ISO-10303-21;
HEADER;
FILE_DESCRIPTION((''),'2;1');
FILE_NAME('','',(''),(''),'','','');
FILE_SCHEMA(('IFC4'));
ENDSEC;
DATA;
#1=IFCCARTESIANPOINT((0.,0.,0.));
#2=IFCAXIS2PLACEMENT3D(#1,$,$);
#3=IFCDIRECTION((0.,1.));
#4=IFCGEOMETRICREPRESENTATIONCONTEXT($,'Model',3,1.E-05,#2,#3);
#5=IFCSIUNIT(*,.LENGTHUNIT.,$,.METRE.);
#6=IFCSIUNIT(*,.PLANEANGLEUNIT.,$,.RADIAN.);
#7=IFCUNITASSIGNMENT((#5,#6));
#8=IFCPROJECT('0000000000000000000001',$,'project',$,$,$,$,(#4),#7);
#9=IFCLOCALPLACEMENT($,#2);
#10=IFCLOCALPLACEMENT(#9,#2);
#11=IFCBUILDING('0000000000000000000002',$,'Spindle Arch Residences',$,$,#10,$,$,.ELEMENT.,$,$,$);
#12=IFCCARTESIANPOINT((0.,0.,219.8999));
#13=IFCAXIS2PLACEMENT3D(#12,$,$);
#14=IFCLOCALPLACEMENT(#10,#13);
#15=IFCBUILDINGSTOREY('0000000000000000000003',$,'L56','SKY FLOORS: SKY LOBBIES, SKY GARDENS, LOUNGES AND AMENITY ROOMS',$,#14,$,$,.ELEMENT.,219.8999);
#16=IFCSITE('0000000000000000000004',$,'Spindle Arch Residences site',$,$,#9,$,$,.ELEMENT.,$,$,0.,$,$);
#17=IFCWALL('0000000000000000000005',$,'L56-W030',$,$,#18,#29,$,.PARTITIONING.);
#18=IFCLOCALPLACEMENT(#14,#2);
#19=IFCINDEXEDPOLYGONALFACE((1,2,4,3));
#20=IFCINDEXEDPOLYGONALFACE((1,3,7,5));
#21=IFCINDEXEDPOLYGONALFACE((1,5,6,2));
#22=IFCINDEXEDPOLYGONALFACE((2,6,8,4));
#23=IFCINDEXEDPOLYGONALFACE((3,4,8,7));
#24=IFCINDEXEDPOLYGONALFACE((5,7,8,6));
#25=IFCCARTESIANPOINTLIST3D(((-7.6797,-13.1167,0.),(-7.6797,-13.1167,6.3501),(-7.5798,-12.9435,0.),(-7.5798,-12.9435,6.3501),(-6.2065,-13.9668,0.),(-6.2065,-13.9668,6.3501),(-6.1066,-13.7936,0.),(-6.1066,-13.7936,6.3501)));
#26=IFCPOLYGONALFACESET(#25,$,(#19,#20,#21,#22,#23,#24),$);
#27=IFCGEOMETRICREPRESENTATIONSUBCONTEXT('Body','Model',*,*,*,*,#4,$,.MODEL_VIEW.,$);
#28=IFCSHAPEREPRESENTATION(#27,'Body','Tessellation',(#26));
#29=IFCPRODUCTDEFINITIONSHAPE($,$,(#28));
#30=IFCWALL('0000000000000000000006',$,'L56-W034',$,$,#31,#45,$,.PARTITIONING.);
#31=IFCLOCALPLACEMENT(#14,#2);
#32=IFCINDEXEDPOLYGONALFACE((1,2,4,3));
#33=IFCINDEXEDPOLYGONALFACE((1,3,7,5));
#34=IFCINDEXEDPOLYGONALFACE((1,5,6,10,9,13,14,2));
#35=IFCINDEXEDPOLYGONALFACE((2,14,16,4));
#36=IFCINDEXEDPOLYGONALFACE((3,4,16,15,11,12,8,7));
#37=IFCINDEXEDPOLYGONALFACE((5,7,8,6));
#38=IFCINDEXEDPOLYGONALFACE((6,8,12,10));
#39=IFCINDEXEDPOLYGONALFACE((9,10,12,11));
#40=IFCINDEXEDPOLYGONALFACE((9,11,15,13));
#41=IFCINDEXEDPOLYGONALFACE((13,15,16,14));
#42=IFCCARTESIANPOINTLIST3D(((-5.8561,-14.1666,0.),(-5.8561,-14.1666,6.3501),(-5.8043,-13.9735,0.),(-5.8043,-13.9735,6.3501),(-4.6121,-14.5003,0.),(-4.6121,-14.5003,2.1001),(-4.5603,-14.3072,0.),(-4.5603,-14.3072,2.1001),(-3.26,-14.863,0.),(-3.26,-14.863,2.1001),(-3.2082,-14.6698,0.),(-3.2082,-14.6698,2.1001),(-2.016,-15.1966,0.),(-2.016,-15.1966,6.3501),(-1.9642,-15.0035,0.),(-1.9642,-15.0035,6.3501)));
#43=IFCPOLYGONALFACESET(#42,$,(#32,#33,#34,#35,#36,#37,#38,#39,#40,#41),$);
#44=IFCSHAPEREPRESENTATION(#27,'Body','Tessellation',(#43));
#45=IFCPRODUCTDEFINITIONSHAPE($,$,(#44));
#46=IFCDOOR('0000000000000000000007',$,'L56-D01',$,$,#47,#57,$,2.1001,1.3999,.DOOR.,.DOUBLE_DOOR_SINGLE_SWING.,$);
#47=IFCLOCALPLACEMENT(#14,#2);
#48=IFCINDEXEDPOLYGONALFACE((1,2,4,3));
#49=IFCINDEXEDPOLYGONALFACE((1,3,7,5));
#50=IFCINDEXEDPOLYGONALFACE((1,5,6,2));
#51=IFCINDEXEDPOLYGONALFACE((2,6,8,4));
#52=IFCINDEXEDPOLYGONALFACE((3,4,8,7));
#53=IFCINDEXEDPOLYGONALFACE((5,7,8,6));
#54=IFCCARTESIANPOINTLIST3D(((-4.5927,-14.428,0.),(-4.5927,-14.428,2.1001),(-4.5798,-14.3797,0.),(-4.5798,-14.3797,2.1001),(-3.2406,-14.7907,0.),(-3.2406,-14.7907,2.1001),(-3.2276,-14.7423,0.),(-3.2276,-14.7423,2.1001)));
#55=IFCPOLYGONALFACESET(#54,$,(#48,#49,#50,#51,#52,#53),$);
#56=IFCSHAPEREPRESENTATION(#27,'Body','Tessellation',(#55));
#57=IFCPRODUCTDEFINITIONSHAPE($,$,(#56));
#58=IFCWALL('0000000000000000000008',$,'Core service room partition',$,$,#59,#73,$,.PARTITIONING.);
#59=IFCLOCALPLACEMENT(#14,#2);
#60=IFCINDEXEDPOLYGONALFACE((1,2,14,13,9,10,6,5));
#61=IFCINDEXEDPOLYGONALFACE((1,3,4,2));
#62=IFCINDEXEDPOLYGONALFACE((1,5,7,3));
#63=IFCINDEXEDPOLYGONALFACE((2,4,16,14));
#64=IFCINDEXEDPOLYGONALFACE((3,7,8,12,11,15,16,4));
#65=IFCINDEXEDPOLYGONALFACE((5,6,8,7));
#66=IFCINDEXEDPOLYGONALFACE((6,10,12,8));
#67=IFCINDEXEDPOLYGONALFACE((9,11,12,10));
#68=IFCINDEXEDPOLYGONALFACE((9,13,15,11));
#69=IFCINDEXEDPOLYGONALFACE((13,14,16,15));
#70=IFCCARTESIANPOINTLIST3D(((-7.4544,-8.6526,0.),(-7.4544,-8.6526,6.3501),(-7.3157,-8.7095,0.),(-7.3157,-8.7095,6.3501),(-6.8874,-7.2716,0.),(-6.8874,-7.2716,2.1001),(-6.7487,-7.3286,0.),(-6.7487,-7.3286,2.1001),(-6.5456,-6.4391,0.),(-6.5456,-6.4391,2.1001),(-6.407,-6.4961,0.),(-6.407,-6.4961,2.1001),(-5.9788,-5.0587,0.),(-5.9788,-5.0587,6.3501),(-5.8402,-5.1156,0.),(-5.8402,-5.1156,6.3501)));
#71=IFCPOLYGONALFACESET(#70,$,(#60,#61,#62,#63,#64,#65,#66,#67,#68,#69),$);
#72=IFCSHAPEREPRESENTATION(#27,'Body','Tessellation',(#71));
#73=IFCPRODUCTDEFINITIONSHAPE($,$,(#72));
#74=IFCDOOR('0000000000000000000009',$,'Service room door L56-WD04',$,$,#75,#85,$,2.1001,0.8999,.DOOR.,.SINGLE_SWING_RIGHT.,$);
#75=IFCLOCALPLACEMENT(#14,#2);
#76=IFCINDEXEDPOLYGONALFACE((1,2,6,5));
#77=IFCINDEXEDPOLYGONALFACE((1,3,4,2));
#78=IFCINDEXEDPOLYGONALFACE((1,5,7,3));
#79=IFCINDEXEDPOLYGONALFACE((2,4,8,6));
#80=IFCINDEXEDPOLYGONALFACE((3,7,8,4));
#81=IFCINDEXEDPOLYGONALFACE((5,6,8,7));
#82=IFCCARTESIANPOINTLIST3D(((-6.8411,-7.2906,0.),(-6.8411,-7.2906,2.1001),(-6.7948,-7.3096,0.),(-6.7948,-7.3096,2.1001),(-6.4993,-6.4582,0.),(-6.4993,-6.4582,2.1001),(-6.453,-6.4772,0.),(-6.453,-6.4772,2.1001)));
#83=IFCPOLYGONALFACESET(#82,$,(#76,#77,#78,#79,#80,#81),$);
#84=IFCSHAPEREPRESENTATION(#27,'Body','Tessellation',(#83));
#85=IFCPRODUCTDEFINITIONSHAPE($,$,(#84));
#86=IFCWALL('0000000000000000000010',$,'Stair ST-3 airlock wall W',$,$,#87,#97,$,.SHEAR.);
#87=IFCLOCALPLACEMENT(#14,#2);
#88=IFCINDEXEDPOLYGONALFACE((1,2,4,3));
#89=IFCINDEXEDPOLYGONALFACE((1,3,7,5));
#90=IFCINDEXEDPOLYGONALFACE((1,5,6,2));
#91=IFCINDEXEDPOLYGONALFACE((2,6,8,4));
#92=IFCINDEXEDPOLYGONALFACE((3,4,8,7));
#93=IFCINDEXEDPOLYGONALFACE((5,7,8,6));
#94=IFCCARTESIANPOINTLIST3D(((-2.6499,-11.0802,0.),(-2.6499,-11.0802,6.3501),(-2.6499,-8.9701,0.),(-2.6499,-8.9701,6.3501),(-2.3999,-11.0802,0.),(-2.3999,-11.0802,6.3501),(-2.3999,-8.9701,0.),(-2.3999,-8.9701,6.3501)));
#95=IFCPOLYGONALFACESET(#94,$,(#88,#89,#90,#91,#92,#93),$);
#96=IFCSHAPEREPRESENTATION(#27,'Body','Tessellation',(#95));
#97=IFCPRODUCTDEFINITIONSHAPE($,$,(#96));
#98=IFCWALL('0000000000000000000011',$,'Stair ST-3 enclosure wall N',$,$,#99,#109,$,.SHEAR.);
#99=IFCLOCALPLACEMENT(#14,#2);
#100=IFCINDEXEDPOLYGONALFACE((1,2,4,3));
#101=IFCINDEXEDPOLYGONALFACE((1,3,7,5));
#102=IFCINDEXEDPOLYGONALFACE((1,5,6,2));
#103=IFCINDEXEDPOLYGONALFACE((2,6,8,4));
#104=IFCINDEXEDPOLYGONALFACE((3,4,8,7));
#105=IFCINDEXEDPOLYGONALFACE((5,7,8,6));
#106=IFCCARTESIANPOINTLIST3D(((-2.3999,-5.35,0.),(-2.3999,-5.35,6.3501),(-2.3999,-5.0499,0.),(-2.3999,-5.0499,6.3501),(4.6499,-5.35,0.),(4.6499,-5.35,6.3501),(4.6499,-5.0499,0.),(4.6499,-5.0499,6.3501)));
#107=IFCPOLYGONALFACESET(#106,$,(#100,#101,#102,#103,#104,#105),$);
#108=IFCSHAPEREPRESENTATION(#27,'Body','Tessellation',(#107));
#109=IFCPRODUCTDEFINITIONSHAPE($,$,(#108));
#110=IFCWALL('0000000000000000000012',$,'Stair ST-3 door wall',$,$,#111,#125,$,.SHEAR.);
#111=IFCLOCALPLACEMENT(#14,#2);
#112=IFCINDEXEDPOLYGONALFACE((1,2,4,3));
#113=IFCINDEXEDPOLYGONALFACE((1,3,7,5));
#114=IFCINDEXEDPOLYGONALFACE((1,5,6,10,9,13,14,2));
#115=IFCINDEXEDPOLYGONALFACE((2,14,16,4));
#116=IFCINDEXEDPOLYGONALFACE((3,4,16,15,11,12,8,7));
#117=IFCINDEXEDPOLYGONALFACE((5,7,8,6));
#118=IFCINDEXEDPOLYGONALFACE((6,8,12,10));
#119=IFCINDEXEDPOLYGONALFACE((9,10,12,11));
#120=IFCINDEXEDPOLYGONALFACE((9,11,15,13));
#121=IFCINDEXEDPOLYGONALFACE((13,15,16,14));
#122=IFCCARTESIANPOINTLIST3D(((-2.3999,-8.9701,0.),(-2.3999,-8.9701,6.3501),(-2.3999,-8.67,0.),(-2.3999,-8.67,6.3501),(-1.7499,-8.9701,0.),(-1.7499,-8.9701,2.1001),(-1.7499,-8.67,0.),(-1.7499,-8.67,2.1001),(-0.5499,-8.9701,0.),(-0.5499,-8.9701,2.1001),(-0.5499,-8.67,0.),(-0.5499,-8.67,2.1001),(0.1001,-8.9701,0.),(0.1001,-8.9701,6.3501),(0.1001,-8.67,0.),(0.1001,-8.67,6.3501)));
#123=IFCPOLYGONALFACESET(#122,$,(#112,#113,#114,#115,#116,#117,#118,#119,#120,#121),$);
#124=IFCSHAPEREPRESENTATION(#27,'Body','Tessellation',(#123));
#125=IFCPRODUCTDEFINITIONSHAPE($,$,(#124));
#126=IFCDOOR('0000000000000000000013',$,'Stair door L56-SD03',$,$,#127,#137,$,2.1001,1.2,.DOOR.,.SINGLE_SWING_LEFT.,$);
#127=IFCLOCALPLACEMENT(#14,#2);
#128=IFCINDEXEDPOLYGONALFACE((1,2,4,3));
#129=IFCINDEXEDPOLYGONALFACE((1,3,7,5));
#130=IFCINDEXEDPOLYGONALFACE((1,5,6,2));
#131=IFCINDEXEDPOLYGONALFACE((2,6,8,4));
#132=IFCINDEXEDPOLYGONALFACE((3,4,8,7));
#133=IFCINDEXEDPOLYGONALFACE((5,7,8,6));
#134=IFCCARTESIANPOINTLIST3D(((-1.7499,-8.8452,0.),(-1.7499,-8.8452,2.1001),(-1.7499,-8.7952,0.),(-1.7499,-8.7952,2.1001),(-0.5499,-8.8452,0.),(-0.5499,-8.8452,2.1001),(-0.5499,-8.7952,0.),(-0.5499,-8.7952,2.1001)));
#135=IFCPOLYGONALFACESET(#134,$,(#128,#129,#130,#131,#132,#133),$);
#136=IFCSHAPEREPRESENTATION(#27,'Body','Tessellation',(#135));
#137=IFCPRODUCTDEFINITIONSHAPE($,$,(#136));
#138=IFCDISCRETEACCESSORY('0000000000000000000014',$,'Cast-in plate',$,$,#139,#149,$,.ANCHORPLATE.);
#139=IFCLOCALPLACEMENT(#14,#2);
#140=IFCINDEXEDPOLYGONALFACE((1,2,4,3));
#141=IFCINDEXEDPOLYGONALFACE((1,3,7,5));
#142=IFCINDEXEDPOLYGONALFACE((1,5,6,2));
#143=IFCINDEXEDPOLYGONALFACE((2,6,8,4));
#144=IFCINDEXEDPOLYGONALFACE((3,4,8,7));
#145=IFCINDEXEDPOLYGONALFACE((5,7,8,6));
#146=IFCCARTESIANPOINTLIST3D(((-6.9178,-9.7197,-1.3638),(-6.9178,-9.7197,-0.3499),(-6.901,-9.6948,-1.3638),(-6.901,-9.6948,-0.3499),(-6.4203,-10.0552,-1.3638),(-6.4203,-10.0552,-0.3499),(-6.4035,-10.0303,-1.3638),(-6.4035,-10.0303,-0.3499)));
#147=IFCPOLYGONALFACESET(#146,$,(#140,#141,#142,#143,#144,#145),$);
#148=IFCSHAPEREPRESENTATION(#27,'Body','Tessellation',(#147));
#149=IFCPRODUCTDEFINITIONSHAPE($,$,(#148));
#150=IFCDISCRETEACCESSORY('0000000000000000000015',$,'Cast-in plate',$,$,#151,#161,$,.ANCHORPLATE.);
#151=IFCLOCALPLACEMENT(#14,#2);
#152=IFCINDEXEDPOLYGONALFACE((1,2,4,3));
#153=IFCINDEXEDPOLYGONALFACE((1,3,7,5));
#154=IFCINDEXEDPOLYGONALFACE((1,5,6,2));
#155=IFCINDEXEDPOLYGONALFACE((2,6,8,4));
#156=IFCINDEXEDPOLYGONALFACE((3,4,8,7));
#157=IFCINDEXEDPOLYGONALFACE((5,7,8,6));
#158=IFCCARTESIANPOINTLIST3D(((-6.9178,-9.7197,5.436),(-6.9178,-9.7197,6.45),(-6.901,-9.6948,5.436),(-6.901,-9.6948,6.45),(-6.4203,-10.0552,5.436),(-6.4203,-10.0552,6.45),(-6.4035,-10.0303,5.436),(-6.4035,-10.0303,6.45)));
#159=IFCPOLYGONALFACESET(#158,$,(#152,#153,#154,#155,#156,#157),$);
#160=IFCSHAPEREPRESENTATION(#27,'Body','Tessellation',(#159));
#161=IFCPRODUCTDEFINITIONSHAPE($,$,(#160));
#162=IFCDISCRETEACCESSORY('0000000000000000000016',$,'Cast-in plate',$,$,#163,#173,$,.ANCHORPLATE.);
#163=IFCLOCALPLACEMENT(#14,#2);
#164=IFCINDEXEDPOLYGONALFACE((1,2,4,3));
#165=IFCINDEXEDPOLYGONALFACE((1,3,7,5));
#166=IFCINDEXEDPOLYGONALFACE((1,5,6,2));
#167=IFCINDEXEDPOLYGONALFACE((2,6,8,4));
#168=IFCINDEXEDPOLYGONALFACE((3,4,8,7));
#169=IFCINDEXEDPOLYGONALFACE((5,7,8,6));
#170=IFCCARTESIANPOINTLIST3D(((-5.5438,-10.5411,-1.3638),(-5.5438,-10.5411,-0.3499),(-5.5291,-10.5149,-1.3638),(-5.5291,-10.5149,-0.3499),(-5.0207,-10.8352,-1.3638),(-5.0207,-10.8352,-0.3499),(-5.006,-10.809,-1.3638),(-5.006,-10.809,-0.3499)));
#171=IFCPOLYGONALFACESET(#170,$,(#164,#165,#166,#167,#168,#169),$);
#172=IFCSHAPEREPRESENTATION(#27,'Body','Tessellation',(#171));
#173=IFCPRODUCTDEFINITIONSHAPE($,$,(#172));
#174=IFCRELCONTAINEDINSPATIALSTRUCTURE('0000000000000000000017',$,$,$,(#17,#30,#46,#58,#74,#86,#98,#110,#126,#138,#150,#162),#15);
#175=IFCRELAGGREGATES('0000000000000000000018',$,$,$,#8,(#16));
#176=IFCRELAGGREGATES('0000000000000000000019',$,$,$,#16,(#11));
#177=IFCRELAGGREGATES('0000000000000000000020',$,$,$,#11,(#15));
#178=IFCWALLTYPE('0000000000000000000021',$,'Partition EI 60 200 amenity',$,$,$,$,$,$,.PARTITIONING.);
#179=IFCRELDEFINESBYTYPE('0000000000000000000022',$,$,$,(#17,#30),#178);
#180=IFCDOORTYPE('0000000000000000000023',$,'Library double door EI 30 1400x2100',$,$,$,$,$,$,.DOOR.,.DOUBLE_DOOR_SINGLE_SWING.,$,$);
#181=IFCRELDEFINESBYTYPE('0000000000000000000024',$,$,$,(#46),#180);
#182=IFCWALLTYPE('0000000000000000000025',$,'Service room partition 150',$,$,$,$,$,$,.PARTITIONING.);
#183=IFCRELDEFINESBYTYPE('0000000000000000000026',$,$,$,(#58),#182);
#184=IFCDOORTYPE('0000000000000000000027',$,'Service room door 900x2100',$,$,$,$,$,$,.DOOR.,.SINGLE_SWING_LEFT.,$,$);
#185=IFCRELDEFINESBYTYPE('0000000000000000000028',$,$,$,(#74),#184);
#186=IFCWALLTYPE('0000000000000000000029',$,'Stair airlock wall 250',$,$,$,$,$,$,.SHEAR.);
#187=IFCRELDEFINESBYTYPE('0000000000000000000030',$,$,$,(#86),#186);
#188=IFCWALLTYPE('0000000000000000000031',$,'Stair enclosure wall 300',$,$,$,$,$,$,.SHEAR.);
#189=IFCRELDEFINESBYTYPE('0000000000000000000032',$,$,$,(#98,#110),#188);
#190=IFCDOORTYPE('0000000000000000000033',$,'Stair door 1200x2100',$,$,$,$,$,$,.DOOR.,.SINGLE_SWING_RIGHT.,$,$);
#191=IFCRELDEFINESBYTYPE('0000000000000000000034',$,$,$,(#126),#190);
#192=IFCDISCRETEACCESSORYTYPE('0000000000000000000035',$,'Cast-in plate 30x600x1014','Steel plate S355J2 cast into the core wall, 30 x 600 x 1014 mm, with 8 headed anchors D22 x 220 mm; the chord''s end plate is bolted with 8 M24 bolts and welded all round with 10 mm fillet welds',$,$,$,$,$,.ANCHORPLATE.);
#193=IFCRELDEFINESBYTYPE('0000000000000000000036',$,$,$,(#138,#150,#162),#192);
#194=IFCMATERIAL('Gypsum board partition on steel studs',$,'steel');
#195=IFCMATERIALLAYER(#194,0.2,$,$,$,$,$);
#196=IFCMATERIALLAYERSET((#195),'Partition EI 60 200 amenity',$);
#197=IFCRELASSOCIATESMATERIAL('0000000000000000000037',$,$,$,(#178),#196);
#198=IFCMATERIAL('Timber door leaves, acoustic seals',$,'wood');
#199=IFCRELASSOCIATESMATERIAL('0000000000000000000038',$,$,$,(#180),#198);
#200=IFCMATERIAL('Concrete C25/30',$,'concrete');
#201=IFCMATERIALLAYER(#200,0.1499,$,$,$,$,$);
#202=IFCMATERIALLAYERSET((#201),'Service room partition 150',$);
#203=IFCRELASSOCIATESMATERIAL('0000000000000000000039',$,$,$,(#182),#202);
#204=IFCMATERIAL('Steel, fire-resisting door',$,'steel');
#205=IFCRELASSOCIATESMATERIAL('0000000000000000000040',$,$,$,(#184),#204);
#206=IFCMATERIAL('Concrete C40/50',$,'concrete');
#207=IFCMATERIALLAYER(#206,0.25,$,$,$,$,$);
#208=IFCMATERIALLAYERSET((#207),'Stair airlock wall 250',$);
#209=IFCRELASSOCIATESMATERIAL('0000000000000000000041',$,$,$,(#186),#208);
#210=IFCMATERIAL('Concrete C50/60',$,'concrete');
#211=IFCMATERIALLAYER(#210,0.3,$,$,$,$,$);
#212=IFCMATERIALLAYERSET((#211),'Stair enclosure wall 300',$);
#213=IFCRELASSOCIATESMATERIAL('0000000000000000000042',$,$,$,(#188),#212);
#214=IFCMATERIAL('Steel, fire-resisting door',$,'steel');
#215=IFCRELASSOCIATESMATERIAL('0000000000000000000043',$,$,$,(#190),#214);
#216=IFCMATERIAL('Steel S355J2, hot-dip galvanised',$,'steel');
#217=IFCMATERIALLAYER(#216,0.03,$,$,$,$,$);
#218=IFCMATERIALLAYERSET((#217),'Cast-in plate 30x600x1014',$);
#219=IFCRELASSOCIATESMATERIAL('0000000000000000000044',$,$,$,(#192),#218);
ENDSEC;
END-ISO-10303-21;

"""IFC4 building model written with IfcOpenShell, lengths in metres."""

from ifc_helpers import new_model, si_unit, direction, frame, frame_2d, origin, origin_2d, place, context, subcontext, project, spatial, rectangle, extrude, material, layer, layer_set, type_object, element, fill, save


model = new_model("IFC4")

# Units and contexts
model_context = context("Model", 3, precision=1e-05, world=origin(), true_north=direction((0.0, 1.0)))
body_context = subcontext(model_context, "Body", "Model", "MODEL_VIEW")
ifc_project = project(units=[si_unit("LENGTHUNIT", "METRE"), si_unit("PLANEANGLEUNIT", "RADIAN")], contexts=[model_context])

# Site, building, storey
site_placement = place(None, origin())
site = spatial("IfcSite", under=ifc_project, at=site_placement, Name="Spindle Arch Residences site", CompositionType="ELEMENT", RefElevation=0.0)
building_placement = place(site_placement, origin())
building = spatial("IfcBuilding", under=site, at=building_placement, Name="Spindle Arch Residences", CompositionType="ELEMENT")
storey_placement = place(building_placement, frame((0.0, 0.0, 219.8999)))
storey = spatial("IfcBuildingStorey", under=building, at=storey_placement, Name="L56", Description="SKY FLOORS: SKY LOBBIES, SKY GARDENS, LOUNGES AND AMENITY ROOMS", CompositionType="ELEMENT", Elevation=219.8999)

# Wall
ifc_material_1 = material(Name="Gypsum board partition on steel studs", Category="steel")
ifc_layer_1 = layer(ifc_material_1, 0.2)
ifc_layer_set_1 = layer_set([ifc_layer_1], Name="Partition EI 60 200 amenity")
wall_type_1 = type_object("IfcWallType", Name="Partition EI 60 200 amenity", PredefinedType="PARTITIONING", material=ifc_layer_set_1)
for number, where, z_axis, x_axis, name in (
    (1, (-7.6299, -13.03, 0.0), (0.0, 0.0, 1.0), (0.866133, -0.499814, 0.0), "L56-W030"),
):
    element("IfcWall", number, at=place(storey_placement, frame(where, z_axis=z_axis, x_axis=x_axis)), inside=storey, type_object=wall_type_1, Name=name, PredefinedType="PARTITIONING", context=body_context, shape_type="SweptSolid", body=[
        extrude(rectangle(XDim=1.7009, YDim=0.2, at=frame_2d((0.8506, 0.0))), origin(), (0.0, 0.0, 1.0), 6.3501),
    ])

# Walls, openings, doors
wall_1_placement = place(storey_placement, frame((-5.8301, -14.0701, 0.0), z_axis=(0.0, 0.0, 1.0), x_axis=(0.965858, -0.259073, 0.0)))
wall_1 = element("IfcWall", 2, at=wall_1_placement, inside=storey, type_object=wall_type_1, Name="L56-W034", PredefinedType="PARTITIONING", context=body_context, shape_type="SweptSolid", body=[
    extrude(rectangle(XDim=3.9758, YDim=0.2, at=frame_2d((1.9878, 0.0))), origin(), (0.0, 0.0, 1.0), 6.3501),
])
opening_1_placement = place(wall_1_placement, frame((1.2878, 0.0, 0.0)))
opening_1 = element("IfcOpeningElement", 3, at=opening_1_placement, cuts=wall_1, PredefinedType="OPENING", context=body_context, shape_type="SweptSolid", body=[
    extrude(rectangle(XDim=1.3999, YDim=2.1001, at=frame_2d((0.7, 1.05))), frame((0.0, 0.1099, 0.0), z_axis=(0.0, -1.0, 0.0), x_axis=(1.0, 0.0, 0.0)), (0.0, 0.0, 1.0), 0.22),
])
ifc_material_2 = material(Name="Timber door leaves, acoustic seals", Category="wood")
door_type_1 = type_object("IfcDoorType", Name="Library double door EI 30 1400x2100", OperationType="DOUBLE_DOOR_SINGLE_SWING", PredefinedType="DOOR", material=ifc_material_2)
door_1_placement = place(opening_1_placement, origin())
door_1 = element("IfcDoor", 4, at=door_1_placement, inside=storey, type_object=door_type_1, Name="L56-D01", OperationType="DOUBLE_DOOR_SINGLE_SWING", OverallHeight=2.1001, OverallWidth=1.3999, PredefinedType="DOOR", context=body_context, shape_type="SweptSolid", body=[
    extrude(rectangle(XDim=1.3999, YDim=2.1001, at=frame_2d((0.7, 1.05))), frame((0.0, 0.0249, 0.0), z_axis=(0.0, -1.0, 0.0), x_axis=(1.0, 0.0, 0.0)), (0.0, 0.0, 1.0), 0.05),
])
fill(opening_1, door_1)
ifc_material_3 = material(Name="Concrete C25/30", Category="concrete")
ifc_layer_2 = layer(ifc_material_3, 0.1499)
ifc_layer_set_2 = layer_set([ifc_layer_2], Name="Service room partition 150")
wall_type_2 = type_object("IfcWallType", Name="Service room partition 150", PredefinedType="PARTITIONING", material=ifc_layer_set_2)
wall_2_placement = place(storey_placement, frame((-7.385, -8.6809, 0.0), z_axis=(0.0, 0.0, 1.0), x_axis=(0.379805, 0.925067, 0.0)))
wall_2 = element("IfcWall", 5, at=wall_2_placement, inside=storey, type_object=wall_type_2, Name="Core service room partition", PredefinedType="PARTITIONING", context=body_context, shape_type="SweptSolid", body=[
    extrude(rectangle(XDim=3.885, YDim=0.1499, at=frame_2d((1.9424, 0.0))), origin(), (0.0, 0.0, 1.0), 6.3501),
])
opening_2_placement = place(wall_2_placement, frame((1.4927, 0.0, 0.0)))
opening_2 = element("IfcOpeningElement", 6, at=opening_2_placement, cuts=wall_2, PredefinedType="OPENING", context=body_context, shape_type="SweptSolid", body=[
    extrude(rectangle(XDim=0.8999, YDim=2.1001, at=frame_2d((0.45, 1.05))), frame((0.0, 0.085, 0.0), z_axis=(0.0, -1.0, 0.0), x_axis=(1.0, 0.0, 0.0)), (0.0, 0.0, 1.0), 0.1699),
])
ifc_material_4 = material(Name="Steel, fire-resisting door", Category="steel")
door_type_2 = type_object("IfcDoorType", Name="Service room door 900x2100", OperationType="SINGLE_SWING_LEFT", PredefinedType="DOOR", material=ifc_material_4)
door_2_placement = place(opening_2_placement, origin())
door_2 = element("IfcDoor", 7, at=door_2_placement, inside=storey, type_object=door_type_2, Name="Service room door L56-WD04", OperationType="SINGLE_SWING_RIGHT", OverallHeight=2.1001, OverallWidth=0.8999, PredefinedType="DOOR", context=body_context, shape_type="SweptSolid", body=[
    extrude(rectangle(XDim=0.8999, YDim=2.1001, at=frame_2d((0.45, 1.05))), frame((0.0, 0.0249, 0.0), z_axis=(0.0, -1.0, 0.0), x_axis=(1.0, 0.0, 0.0)), (0.0, 0.0, 1.0), 0.05),
])
fill(opening_2, door_2)

# Walls
ifc_material_5 = material(Name="Concrete C40/50", Category="concrete")
ifc_layer_3 = layer(ifc_material_5, 0.25)
ifc_layer_set_3 = layer_set([ifc_layer_3], Name="Stair airlock wall 250")
wall_type_3 = type_object("IfcWallType", Name="Stair airlock wall 250", PredefinedType="SHEAR", material=ifc_layer_set_3)
wall_3_placement = place(storey_placement, frame((-2.5249, -8.97, 0.0), z_axis=(0.0, 0.0, 1.0), x_axis=(0.0, -1.0, 0.0)))
element("IfcWall", 8, at=wall_3_placement, inside=storey, type_object=wall_type_3, Name="Stair ST-3 airlock wall W", PredefinedType="SHEAR", context=body_context, shape_type="SweptSolid", body=[
    extrude(rectangle(XDim=2.1101, YDim=0.25, at=frame_2d((1.0552, 0.0))), origin(), (0.0, 0.0, 1.0), 6.3501),
])
ifc_material_6 = material(Name="Concrete C50/60", Category="concrete")
ifc_layer_4 = layer(ifc_material_6, 0.3)
ifc_layer_set_4 = layer_set([ifc_layer_4], Name="Stair enclosure wall 300")
wall_type_4 = type_object("IfcWallType", Name="Stair enclosure wall 300", PredefinedType="SHEAR", material=ifc_layer_set_4)
wall_4_placement = place(storey_placement, frame((-2.3999, -5.2, 0.0), z_axis=(0.0, 0.0, 1.0), x_axis=(1.0, 0.0, 0.0)))
element("IfcWall", 9, at=wall_4_placement, inside=storey, type_object=wall_type_4, Name="Stair ST-3 enclosure wall N", PredefinedType="SHEAR", context=body_context, shape_type="SweptSolid", body=[
    extrude(rectangle(XDim=7.0498, YDim=0.3, at=frame_2d((3.5249, 0.0))), origin(), (0.0, 0.0, 1.0), 6.3501),
])

# Wall, opening, door
wall_5_placement = place(storey_placement, frame((-2.3999, -8.8201, 0.0), z_axis=(0.0, 0.0, 1.0), x_axis=(1.0, 0.0, 0.0)))
wall_5 = element("IfcWall", 10, at=wall_5_placement, inside=storey, type_object=wall_type_4, Name="Stair ST-3 door wall", PredefinedType="SHEAR", context=body_context, shape_type="SweptSolid", body=[
    extrude(rectangle(XDim=2.5, YDim=0.3, at=frame_2d((1.25, 0.0))), origin(), (0.0, 0.0, 1.0), 6.3501),
])
opening_3_placement = place(wall_5_placement, frame((0.6499, 0.0, 0.0)))
opening_3 = element("IfcOpeningElement", 11, at=opening_3_placement, cuts=wall_5, PredefinedType="OPENING", context=body_context, shape_type="SweptSolid", body=[
    extrude(rectangle(XDim=1.2, YDim=2.1001, at=frame_2d((0.6001, 1.05))), frame((0.0, 0.1602, 0.0), z_axis=(0.0, -1.0, 0.0), x_axis=(1.0, 0.0, 0.0)), (0.0, 0.0, 1.0), 0.3201),
])
ifc_material_7 = material(Name="Steel, fire-resisting door", Category="steel")
door_type_3 = type_object("IfcDoorType", Name="Stair door 1200x2100", OperationType="SINGLE_SWING_RIGHT", PredefinedType="DOOR", material=ifc_material_7)
door_3_placement = place(opening_3_placement, origin())
door_3 = element("IfcDoor", 12, at=door_3_placement, inside=storey, type_object=door_type_3, Name="Stair door L56-SD03", OperationType="SINGLE_SWING_LEFT", OverallHeight=2.1001, OverallWidth=1.2, PredefinedType="DOOR", context=body_context, shape_type="SweptSolid", body=[
    extrude(rectangle(XDim=1.2, YDim=2.1001, at=frame_2d((0.6001, 1.05))), frame((0.0, 0.0249, 0.0), z_axis=(0.0, -1.0, 0.0), x_axis=(1.0, 0.0, 0.0)), (0.0, 0.0, 1.0), 0.05),
])
fill(opening_3, door_3)

# Discrete accessories
ifc_material_8 = material(Name="Steel S355J2, hot-dip galvanised", Category="steel")
ifc_layer_5 = layer(ifc_material_8, 0.03)
ifc_layer_set_5 = layer_set([ifc_layer_5], Name="Cast-in plate 30x600x1014")
discrete_accessory_type = type_object("IfcDiscreteAccessoryType", Name="Cast-in plate 30x600x1014", Description="Steel plate S355J2 cast into the core wall, 30 x 600 x 1014 mm, with 8 headed anchors D22 x 220 mm; the chord's end plate is bolted with 8 M24 bolts and welded all round with 10 mm fillet welds", PredefinedType="ANCHORPLATE", material=ifc_layer_set_5)
for number, where, z_axis, x_axis, name in (
    (13, (-6.6606, -9.875, -1.3638), (0.0, 0.0, 1.0), (-0.559191, -0.829039, 0.0), "Cast-in plate"),
    (14, (-6.6606, -9.875, 5.436), (0.0, 0.0, 1.0), (-0.559191, -0.829039, 0.0), "Cast-in plate"),
    (15, (-5.2749, -10.675, -1.3638), (0.0, 0.0, 1.0), (-0.490085, -0.871674, 0.0), "Cast-in plate"),
):
    element("IfcDiscreteAccessory", number, at=place(storey_placement, frame(where, z_axis=z_axis, x_axis=x_axis)), inside=storey, type_object=discrete_accessory_type, Name=name, PredefinedType="ANCHORPLATE", context=body_context, shape_type="SweptSolid", body=[
        extrude(rectangle(XDim=0.03, YDim=0.6001, at=origin_2d()), origin(), (0.0, 0.0, 1.0), 1.0139),
    ])

save(model, "model.ifc")
